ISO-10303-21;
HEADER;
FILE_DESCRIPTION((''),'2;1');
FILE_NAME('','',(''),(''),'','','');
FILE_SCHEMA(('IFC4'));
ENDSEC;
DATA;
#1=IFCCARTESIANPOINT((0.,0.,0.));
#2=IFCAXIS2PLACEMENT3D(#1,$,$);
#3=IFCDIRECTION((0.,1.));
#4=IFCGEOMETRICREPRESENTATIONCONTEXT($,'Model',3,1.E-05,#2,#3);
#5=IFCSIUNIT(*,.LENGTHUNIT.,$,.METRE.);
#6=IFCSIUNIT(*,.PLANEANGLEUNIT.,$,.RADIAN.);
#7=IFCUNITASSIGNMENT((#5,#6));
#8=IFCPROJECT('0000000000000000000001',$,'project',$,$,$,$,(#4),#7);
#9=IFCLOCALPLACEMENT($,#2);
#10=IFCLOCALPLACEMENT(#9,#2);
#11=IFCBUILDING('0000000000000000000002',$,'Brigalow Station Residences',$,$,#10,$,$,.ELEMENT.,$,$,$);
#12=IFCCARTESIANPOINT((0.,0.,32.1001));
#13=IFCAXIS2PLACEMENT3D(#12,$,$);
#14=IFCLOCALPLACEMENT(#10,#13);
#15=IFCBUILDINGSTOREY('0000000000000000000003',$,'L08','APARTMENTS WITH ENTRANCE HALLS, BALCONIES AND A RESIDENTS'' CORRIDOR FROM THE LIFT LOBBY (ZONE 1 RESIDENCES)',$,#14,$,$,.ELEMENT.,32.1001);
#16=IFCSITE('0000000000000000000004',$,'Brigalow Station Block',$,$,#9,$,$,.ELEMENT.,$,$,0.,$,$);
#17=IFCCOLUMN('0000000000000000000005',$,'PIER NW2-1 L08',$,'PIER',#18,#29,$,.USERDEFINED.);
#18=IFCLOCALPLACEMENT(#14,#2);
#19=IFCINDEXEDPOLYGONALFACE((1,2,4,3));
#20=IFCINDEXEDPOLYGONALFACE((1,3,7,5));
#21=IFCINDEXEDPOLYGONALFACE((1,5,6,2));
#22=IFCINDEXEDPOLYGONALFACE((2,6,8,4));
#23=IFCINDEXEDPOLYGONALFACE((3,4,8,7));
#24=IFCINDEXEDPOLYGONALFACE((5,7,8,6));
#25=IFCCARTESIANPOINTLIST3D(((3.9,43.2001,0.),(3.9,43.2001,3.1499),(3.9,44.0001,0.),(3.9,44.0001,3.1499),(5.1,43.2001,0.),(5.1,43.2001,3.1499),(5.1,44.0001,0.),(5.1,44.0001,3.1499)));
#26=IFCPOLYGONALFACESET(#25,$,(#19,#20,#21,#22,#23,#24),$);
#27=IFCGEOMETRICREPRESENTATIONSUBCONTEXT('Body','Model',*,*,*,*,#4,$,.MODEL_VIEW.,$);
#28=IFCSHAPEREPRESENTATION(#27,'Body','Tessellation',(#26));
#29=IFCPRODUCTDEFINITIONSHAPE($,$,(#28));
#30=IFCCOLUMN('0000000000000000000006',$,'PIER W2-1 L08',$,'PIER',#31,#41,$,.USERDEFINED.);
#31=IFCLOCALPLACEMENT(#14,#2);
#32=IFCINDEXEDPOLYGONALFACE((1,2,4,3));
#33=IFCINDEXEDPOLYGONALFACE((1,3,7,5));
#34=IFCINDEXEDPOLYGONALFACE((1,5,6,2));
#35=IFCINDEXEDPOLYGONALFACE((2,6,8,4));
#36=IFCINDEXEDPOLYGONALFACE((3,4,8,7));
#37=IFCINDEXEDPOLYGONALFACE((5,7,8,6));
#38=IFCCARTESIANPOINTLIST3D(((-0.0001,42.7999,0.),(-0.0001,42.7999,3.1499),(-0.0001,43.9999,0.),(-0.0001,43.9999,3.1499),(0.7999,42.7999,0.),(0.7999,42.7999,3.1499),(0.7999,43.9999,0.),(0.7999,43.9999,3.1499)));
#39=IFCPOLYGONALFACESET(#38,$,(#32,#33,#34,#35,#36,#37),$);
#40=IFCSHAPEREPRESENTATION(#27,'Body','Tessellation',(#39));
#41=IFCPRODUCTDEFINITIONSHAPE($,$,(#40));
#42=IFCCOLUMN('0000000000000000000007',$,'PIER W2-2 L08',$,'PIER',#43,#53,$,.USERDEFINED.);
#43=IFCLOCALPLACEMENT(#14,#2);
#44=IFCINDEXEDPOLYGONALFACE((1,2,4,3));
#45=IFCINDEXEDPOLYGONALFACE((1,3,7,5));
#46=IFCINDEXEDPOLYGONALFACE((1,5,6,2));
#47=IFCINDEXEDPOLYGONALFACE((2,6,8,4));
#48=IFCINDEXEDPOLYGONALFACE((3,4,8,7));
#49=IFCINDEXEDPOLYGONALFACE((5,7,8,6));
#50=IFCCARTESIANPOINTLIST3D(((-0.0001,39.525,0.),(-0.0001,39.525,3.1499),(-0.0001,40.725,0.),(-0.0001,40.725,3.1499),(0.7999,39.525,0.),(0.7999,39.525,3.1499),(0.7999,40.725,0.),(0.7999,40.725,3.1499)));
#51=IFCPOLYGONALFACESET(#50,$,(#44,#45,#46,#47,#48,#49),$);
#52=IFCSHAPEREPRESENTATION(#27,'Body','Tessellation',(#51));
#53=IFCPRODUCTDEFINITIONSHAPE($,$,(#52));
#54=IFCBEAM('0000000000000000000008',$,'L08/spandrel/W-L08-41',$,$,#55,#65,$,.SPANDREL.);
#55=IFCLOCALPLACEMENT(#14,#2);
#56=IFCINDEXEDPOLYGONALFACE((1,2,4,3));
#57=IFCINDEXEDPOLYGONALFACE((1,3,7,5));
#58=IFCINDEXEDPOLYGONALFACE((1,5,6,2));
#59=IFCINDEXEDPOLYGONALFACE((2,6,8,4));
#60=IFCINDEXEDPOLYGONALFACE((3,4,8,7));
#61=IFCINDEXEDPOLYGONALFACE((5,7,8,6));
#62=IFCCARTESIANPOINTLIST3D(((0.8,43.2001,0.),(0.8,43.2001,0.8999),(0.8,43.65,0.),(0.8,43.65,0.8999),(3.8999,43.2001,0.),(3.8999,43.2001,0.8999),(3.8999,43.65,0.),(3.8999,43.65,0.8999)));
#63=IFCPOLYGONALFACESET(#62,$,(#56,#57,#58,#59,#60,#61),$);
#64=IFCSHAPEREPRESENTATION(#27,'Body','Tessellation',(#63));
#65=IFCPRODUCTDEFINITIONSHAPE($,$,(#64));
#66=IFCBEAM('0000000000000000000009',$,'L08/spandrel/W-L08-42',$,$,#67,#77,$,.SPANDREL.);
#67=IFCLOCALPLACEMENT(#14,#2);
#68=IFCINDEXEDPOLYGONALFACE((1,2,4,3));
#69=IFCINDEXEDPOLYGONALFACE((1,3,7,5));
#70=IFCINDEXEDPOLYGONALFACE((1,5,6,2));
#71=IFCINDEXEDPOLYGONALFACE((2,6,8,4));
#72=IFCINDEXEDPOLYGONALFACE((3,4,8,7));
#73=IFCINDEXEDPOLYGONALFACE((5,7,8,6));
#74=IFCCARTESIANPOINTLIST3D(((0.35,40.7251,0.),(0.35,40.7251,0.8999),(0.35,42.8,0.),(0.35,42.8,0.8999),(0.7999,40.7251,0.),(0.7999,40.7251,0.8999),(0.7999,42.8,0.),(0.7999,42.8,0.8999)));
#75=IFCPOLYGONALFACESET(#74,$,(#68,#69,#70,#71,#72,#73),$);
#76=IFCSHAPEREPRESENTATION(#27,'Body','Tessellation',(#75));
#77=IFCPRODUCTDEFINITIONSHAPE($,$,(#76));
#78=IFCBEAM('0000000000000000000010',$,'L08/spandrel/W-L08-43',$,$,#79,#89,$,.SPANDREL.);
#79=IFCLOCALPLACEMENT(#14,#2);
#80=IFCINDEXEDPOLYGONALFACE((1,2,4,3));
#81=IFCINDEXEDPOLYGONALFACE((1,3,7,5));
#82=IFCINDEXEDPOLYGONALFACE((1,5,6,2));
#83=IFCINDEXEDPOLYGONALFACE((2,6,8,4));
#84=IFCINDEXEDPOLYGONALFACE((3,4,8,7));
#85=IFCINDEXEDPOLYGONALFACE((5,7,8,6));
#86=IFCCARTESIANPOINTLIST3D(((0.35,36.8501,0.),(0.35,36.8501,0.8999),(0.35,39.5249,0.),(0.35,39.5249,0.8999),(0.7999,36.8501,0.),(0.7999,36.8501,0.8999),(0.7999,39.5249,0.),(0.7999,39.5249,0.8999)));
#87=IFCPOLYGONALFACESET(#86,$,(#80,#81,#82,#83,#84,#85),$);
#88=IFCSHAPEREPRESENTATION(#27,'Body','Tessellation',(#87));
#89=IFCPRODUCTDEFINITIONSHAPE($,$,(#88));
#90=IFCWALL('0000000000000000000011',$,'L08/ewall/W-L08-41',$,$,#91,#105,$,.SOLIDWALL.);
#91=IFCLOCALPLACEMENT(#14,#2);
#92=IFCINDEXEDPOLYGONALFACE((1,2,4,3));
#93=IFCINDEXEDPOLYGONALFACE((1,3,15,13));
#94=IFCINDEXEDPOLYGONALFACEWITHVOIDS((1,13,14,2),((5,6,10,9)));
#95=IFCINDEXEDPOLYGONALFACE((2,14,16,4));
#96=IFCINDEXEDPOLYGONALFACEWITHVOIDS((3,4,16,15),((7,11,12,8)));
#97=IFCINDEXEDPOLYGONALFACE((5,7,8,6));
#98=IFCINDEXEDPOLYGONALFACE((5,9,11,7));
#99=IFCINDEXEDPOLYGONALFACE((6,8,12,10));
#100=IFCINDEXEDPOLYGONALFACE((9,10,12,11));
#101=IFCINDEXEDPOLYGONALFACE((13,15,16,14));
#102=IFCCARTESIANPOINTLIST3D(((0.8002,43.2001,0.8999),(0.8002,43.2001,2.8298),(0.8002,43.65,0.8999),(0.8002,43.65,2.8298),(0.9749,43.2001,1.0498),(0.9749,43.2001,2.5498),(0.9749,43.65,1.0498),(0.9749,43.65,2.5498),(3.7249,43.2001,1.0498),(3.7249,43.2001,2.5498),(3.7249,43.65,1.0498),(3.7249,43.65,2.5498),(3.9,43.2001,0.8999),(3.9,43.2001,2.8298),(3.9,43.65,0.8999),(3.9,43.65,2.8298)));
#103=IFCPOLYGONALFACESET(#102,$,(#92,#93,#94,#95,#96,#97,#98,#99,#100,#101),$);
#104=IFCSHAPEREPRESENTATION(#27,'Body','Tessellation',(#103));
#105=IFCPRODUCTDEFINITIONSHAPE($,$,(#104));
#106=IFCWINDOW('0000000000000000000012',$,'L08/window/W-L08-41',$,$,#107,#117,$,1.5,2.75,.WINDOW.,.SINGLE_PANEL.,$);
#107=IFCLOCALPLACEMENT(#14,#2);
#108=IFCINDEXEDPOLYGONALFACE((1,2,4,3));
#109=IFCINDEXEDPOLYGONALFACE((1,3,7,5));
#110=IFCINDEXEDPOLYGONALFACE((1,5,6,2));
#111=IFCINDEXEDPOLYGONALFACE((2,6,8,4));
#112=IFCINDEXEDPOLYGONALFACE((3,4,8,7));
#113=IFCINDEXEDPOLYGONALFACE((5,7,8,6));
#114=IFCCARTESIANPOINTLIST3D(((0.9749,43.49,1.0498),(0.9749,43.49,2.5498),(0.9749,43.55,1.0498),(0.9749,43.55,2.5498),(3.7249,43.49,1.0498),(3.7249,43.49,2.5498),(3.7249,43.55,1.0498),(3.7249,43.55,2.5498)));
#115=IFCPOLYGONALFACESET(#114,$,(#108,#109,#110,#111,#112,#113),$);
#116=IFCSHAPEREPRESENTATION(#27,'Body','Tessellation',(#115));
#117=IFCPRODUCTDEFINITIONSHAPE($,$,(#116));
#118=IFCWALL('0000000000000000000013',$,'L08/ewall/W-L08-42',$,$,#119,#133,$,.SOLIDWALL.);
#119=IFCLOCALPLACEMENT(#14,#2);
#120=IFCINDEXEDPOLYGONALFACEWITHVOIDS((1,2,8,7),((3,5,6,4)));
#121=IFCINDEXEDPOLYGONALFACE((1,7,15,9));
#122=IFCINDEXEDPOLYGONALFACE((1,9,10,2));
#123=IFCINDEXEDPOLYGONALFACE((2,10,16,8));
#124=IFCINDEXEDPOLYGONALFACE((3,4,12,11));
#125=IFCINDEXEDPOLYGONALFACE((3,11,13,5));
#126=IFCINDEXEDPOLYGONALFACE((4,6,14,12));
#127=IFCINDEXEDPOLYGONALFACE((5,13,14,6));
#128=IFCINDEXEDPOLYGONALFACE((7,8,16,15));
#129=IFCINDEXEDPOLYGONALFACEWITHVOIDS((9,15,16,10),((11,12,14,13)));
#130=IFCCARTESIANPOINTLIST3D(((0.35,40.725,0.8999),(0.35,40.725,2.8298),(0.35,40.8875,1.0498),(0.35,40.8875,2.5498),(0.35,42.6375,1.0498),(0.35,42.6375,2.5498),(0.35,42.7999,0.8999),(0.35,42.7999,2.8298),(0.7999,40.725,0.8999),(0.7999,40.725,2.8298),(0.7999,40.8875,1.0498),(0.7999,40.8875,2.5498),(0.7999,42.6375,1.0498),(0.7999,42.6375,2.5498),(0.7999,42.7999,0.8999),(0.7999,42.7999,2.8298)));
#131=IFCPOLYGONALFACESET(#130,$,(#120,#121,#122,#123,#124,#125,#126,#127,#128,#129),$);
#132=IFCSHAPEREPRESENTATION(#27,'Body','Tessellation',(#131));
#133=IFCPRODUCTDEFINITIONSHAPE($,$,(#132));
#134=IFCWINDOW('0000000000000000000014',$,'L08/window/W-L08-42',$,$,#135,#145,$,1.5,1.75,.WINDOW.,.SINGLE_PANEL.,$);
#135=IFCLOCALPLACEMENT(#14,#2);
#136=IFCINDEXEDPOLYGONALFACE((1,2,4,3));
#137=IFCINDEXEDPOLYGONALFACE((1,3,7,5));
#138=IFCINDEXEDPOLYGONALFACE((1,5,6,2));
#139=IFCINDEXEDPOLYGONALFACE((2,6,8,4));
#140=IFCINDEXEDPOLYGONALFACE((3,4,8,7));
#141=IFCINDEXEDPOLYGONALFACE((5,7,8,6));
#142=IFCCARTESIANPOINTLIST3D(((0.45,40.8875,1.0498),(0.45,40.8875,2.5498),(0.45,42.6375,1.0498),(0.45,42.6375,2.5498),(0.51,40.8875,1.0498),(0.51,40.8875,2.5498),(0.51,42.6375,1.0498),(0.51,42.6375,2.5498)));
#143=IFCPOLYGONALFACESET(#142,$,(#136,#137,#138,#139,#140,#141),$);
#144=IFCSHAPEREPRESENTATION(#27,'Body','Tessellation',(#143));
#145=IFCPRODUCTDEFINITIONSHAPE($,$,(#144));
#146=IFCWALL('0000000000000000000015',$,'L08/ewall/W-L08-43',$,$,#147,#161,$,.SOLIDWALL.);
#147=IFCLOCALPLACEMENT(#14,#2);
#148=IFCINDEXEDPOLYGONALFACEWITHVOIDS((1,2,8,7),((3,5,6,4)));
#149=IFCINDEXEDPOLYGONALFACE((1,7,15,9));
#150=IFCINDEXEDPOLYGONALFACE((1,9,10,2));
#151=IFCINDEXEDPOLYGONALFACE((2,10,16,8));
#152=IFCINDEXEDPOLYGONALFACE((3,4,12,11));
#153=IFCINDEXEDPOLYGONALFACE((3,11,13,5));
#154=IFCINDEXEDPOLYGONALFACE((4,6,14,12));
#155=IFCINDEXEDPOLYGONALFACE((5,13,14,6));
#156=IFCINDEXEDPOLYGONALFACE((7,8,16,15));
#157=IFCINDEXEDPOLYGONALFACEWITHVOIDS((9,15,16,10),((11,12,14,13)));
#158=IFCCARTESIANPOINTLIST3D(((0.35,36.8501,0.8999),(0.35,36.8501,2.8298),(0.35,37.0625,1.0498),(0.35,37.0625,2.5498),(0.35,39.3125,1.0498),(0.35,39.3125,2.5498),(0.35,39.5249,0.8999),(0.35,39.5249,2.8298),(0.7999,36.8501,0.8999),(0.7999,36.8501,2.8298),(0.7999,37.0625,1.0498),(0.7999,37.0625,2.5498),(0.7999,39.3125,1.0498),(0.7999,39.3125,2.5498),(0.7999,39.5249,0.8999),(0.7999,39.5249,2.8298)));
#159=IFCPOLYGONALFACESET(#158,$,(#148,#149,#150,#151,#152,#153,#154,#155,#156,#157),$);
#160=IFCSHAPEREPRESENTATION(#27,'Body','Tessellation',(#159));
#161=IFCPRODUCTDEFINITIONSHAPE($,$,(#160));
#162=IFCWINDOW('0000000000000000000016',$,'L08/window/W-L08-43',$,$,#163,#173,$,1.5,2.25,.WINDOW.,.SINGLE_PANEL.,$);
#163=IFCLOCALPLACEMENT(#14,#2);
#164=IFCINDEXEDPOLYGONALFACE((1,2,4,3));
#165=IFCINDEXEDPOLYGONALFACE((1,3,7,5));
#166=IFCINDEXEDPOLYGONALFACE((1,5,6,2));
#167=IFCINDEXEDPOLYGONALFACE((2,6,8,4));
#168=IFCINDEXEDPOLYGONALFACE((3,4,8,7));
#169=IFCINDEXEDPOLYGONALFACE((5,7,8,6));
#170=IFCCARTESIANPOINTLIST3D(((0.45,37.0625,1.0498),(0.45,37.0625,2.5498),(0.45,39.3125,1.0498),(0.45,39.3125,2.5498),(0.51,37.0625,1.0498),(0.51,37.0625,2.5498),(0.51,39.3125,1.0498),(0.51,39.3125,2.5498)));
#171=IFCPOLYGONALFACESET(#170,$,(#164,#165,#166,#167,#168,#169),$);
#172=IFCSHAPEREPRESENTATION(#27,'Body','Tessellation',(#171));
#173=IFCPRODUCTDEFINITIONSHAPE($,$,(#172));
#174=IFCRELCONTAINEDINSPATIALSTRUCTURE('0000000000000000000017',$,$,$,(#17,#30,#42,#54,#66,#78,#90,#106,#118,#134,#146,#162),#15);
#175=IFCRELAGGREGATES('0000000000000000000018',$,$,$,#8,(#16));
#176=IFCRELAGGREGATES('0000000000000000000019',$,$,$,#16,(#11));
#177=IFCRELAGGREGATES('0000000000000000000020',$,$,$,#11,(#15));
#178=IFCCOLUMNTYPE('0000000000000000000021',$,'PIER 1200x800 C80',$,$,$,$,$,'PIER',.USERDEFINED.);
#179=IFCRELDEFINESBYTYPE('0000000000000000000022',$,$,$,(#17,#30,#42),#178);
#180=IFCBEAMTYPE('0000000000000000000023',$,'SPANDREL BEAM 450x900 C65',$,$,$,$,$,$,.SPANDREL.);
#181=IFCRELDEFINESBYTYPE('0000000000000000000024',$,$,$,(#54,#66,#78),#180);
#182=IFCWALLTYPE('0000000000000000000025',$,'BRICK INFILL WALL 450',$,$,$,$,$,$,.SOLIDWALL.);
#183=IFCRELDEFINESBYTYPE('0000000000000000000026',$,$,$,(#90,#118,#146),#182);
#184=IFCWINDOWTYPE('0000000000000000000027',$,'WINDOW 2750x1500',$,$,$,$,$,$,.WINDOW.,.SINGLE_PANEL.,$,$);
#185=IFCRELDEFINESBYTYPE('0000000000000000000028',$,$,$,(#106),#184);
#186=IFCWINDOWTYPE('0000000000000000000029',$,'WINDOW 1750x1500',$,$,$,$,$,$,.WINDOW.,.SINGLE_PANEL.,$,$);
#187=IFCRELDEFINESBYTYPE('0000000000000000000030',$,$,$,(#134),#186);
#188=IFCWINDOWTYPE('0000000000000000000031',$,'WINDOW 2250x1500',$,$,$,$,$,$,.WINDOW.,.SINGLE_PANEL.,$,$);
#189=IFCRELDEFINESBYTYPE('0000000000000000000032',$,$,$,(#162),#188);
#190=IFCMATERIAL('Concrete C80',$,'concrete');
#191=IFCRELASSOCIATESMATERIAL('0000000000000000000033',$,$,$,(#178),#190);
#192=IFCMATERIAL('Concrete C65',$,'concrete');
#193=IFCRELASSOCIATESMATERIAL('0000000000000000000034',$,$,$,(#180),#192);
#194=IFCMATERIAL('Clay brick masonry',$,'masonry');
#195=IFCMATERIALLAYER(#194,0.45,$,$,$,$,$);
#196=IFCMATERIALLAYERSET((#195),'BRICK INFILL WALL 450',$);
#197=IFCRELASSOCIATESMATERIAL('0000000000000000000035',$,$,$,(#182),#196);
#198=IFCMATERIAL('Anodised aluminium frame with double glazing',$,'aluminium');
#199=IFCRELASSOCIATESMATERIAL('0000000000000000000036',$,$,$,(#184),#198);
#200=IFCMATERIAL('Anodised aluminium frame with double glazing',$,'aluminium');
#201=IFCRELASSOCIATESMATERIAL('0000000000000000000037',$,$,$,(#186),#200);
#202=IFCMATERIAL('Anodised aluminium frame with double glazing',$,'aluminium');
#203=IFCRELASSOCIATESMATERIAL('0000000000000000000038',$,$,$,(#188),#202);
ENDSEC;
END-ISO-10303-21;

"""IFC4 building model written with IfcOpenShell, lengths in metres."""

from ifc_helpers import new_model, si_unit, direction, frame, frame_2d, origin, origin_2d, place, context, subcontext, project, spatial, rectangle, extrude, material, layer, layer_set, material_profile, profile_set, type_object, element, fill, save


model = new_model("IFC4")

# Units and contexts
model_context = context("Model", 3, precision=1e-05, world=origin(), true_north=direction((0.0, 1.0)))
body_context = subcontext(model_context, "Body", "Model", "MODEL_VIEW")
ifc_project = project(units=[si_unit("LENGTHUNIT", "METRE"), si_unit("PLANEANGLEUNIT", "RADIAN")], contexts=[model_context])

# Site, building, storey
site_placement = place(None, origin())
site = spatial("IfcSite", under=ifc_project, at=site_placement, Name="Brigalow Station Block", CompositionType="ELEMENT", RefElevation=0.0)
building_placement = place(site_placement, origin())
building = spatial("IfcBuilding", under=site, at=building_placement, Name="Brigalow Station Residences", CompositionType="ELEMENT")
storey_placement = place(building_placement, frame((0.0, 0.0, 32.1001)))
storey = spatial("IfcBuildingStorey", under=building, at=storey_placement, Name="L08", Description="APARTMENTS WITH ENTRANCE HALLS, BALCONIES AND A RESIDENTS' CORRIDOR FROM THE LIFT LOBBY (ZONE 1 RESIDENCES)", CompositionType="ELEMENT", Elevation=32.1001)

# Columns
ifc_material_1 = material(Name="Concrete C80", Category="concrete")
ifc_material_profile_1 = material_profile(ifc_material_1, rectangle(XDim=1.2, YDim=0.8, at=origin_2d()), Name="RC1200x800")
ifc_profile_set_1 = profile_set([ifc_material_profile_1], Name="Concrete C80")
column_type = type_object("IfcColumnType", Name="PIER 1200x800 C80", ElementType="PIER", PredefinedType="USERDEFINED", material=ifc_profile_set_1)
for number, where, z_axis, x_axis, name in (
    (1, (4.5, 43.6001, 0.0), (0.0, 0.0, 1.0), (-1.0, 0.0, 0.0), "PIER NW2-1 L08"),
    (2, (0.3999, 43.3999, 0.0), (0.0, 0.0, 1.0), (0.0, -1.0, 0.0), "PIER W2-1 L08"),
    (3, (0.3999, 40.125, 0.0), (0.0, 0.0, 1.0), (0.0, -1.0, 0.0), "PIER W2-2 L08"),
):
    element("IfcColumn", number, at=place(storey_placement, frame(where, z_axis=z_axis, x_axis=x_axis)), inside=storey, type_object=column_type, Name=name, ObjectType="PIER", PredefinedType="USERDEFINED", context=body_context, shape_type="SweptSolid", body=[
        extrude(rectangle(XDim=1.2, YDim=0.8, at=origin_2d()), origin(), (0.0, 0.0, 1.0), 3.1499),
    ])

# Beams
ifc_material_2 = material(Name="Concrete C65", Category="concrete")
ifc_material_profile_2 = material_profile(ifc_material_2, rectangle(XDim=0.45, YDim=0.8999, at=origin_2d()), Name="RC450x900")
ifc_profile_set_2 = profile_set([ifc_material_profile_2], Name="Concrete C65")
beam_type = type_object("IfcBeamType", Name="SPANDREL BEAM 450x900 C65", PredefinedType="SPANDREL", material=ifc_profile_set_2)
beam_1_placement = place(storey_placement, frame((3.8999, 43.425, 0.45), z_axis=(-1.0, 0.0, 0.0), x_axis=(0.0, -1.0, 0.0)))
element("IfcBeam", 4, at=beam_1_placement, inside=storey, type_object=beam_type, Name="L08/spandrel/W-L08-41", PredefinedType="SPANDREL", context=body_context, shape_type="SweptSolid", body=[
    extrude(rectangle(XDim=0.45, YDim=0.8999, at=origin_2d()), origin(), (0.0, 0.0, 1.0), 3.0999),
])
beam_2_placement = place(storey_placement, frame((0.575, 42.8, 0.45), z_axis=(0.0, -1.0, 0.0), x_axis=(1.0, 0.0, 0.0)))
element("IfcBeam", 5, at=beam_2_placement, inside=storey, type_object=beam_type, Name="L08/spandrel/W-L08-42", PredefinedType="SPANDREL", context=body_context, shape_type="SweptSolid", body=[
    extrude(rectangle(XDim=0.45, YDim=0.8999, at=origin_2d()), origin(), (0.0, 0.0, 1.0), 2.075),
])
beam_3_placement = place(storey_placement, frame((0.575, 39.5249, 0.45), z_axis=(0.0, -1.0, 0.0), x_axis=(1.0, 0.0, 0.0)))
element("IfcBeam", 6, at=beam_3_placement, inside=storey, type_object=beam_type, Name="L08/spandrel/W-L08-43", PredefinedType="SPANDREL", context=body_context, shape_type="SweptSolid", body=[
    extrude(rectangle(XDim=0.45, YDim=0.8999, at=origin_2d()), origin(), (0.0, 0.0, 1.0), 2.6748),
])

# Walls, openings, windows
ifc_material_3 = material(Name="Clay brick masonry", Category="masonry")
ifc_layer_1 = layer(ifc_material_3, 0.45)
ifc_layer_set_1 = layer_set([ifc_layer_1], Name="BRICK INFILL WALL 450")
wall_type_1 = type_object("IfcWallType", Name="BRICK INFILL WALL 450", PredefinedType="SOLIDWALL", material=ifc_layer_set_1)
wall_1_placement = place(storey_placement, frame((3.8999, 43.425, 0.8999), z_axis=(0.0, 0.0, 1.0), x_axis=(-1.0, 0.0, 0.0)))
wall_1 = element("IfcWall", 7, at=wall_1_placement, inside=storey, type_object=wall_type_1, Name="L08/ewall/W-L08-41", PredefinedType="SOLIDWALL", context=body_context, shape_type="SweptSolid", body=[
    extrude(rectangle(XDim=3.0999, YDim=0.45, at=frame_2d((1.5498, 0.0))), origin(), (0.0, 0.0, 1.0), 1.9299),
])
opening_1_placement = place(wall_1_placement, frame((0.175, 0.0, 0.1499)))
opening_1 = element("IfcOpeningElement", 8, at=opening_1_placement, cuts=wall_1, PredefinedType="OPENING", context=body_context, shape_type="SweptSolid", body=[
    extrude(rectangle(XDim=2.75, YDim=1.5, at=frame_2d((1.375, 0.75))), frame((0.0, 0.2349, 0.0), z_axis=(0.0, -1.0, 0.0), x_axis=(1.0, 0.0, 0.0)), (0.0, 0.0, 1.0), 0.47),
])
ifc_material_4 = material(Name="Anodised aluminium frame with double glazing", Category="aluminium")
window_type_1 = type_object("IfcWindowType", Name="WINDOW 2750x1500", PartitioningType="SINGLE_PANEL", PredefinedType="WINDOW", material=ifc_material_4)
window_1_placement = place(opening_1_placement, origin())
window_1 = element("IfcWindow", 9, at=window_1_placement, inside=storey, type_object=window_type_1, Name="L08/window/W-L08-41", OverallHeight=1.5, OverallWidth=2.75, PartitioningType="SINGLE_PANEL", PredefinedType="WINDOW", context=body_context, shape_type="SweptSolid", body=[
    extrude(rectangle(XDim=2.75, YDim=1.5, at=frame_2d((1.375, 0.75))), frame((0.0, -0.0649, 0.0), z_axis=(0.0, -1.0, 0.0), x_axis=(1.0, 0.0, 0.0)), (0.0, 0.0, 1.0), 0.0601),
])
fill(opening_1, window_1)
wall_2_placement = place(storey_placement, frame((0.575, 42.8, 0.8999), z_axis=(0.0, 0.0, 1.0), x_axis=(0.0, -1.0, 0.0)))
wall_2 = element("IfcWall", 10, at=wall_2_placement, inside=storey, type_object=wall_type_1, Name="L08/ewall/W-L08-42", PredefinedType="SOLIDWALL", context=body_context, shape_type="SweptSolid", body=[
    extrude(rectangle(XDim=2.075, YDim=0.45, at=frame_2d((1.0376, 0.0))), origin(), (0.0, 0.0, 1.0), 1.9299),
])
opening_2_placement = place(wall_2_placement, frame((0.1626, 0.0, 0.1499)))
opening_2 = element("IfcOpeningElement", 11, at=opening_2_placement, cuts=wall_2, PredefinedType="OPENING", context=body_context, shape_type="SweptSolid", body=[
    extrude(rectangle(XDim=1.75, YDim=1.5, at=frame_2d((0.875, 0.75))), frame((0.0, 0.2349, 0.0), z_axis=(0.0, -1.0, 0.0), x_axis=(1.0, 0.0, 0.0)), (0.0, 0.0, 1.0), 0.47),
])
ifc_material_5 = material(Name="Anodised aluminium frame with double glazing", Category="aluminium")
window_type_2 = type_object("IfcWindowType", Name="WINDOW 1750x1500", PartitioningType="SINGLE_PANEL", PredefinedType="WINDOW", material=ifc_material_5)
window_2_placement = place(opening_2_placement, origin())
window_2 = element("IfcWindow", 12, at=window_2_placement, inside=storey, type_object=window_type_2, Name="L08/window/W-L08-42", OverallHeight=1.5, OverallWidth=1.75, PartitioningType="SINGLE_PANEL", PredefinedType="WINDOW", context=body_context, shape_type="SweptSolid", body=[
    extrude(rectangle(XDim=1.75, YDim=1.5, at=frame_2d((0.875, 0.75))), frame((0.0, -0.0649, 0.0), z_axis=(0.0, -1.0, 0.0), x_axis=(1.0, 0.0, 0.0)), (0.0, 0.0, 1.0), 0.0601),
])
fill(opening_2, window_2)
wall_3_placement = place(storey_placement, frame((0.575, 39.5249, 0.8999), z_axis=(0.0, 0.0, 1.0), x_axis=(0.0, -1.0, 0.0)))
wall_3 = element("IfcWall", 13, at=wall_3_placement, inside=storey, type_object=wall_type_1, Name="L08/ewall/W-L08-43", PredefinedType="SOLIDWALL", context=body_context, shape_type="SweptSolid", body=[
    extrude(rectangle(XDim=2.6748, YDim=0.45, at=frame_2d((1.3374, 0.0))), origin(), (0.0, 0.0, 1.0), 1.9299),
])
opening_3_placement = place(wall_3_placement, frame((0.2124, 0.0, 0.1499)))
opening_3 = element("IfcOpeningElement", 14, at=opening_3_placement, cuts=wall_3, PredefinedType="OPENING", context=body_context, shape_type="SweptSolid", body=[
    extrude(rectangle(XDim=2.25, YDim=1.5, at=frame_2d((1.125, 0.75))), frame((0.0, 0.2349, 0.0), z_axis=(0.0, -1.0, 0.0), x_axis=(1.0, 0.0, 0.0)), (0.0, 0.0, 1.0), 0.47),
])
ifc_material_6 = material(Name="Anodised aluminium frame with double glazing", Category="aluminium")
window_type_3 = type_object("IfcWindowType", Name="WINDOW 2250x1500", PartitioningType="SINGLE_PANEL", PredefinedType="WINDOW", material=ifc_material_6)
window_3_placement = place(opening_3_placement, origin())
window_3 = element("IfcWindow", 15, at=window_3_placement, inside=storey, type_object=window_type_3, Name="L08/window/W-L08-43", OverallHeight=1.5, OverallWidth=2.25, PartitioningType="SINGLE_PANEL", PredefinedType="WINDOW", context=body_context, shape_type="SweptSolid", body=[
    extrude(rectangle(XDim=2.25, YDim=1.5, at=frame_2d((1.125, 0.75))), frame((0.0, -0.0649, 0.0), z_axis=(0.0, -1.0, 0.0), x_axis=(1.0, 0.0, 0.0)), (0.0, 0.0, 1.0), 0.0601),
])
fill(opening_3, window_3)

save(model, "model.ifc")
